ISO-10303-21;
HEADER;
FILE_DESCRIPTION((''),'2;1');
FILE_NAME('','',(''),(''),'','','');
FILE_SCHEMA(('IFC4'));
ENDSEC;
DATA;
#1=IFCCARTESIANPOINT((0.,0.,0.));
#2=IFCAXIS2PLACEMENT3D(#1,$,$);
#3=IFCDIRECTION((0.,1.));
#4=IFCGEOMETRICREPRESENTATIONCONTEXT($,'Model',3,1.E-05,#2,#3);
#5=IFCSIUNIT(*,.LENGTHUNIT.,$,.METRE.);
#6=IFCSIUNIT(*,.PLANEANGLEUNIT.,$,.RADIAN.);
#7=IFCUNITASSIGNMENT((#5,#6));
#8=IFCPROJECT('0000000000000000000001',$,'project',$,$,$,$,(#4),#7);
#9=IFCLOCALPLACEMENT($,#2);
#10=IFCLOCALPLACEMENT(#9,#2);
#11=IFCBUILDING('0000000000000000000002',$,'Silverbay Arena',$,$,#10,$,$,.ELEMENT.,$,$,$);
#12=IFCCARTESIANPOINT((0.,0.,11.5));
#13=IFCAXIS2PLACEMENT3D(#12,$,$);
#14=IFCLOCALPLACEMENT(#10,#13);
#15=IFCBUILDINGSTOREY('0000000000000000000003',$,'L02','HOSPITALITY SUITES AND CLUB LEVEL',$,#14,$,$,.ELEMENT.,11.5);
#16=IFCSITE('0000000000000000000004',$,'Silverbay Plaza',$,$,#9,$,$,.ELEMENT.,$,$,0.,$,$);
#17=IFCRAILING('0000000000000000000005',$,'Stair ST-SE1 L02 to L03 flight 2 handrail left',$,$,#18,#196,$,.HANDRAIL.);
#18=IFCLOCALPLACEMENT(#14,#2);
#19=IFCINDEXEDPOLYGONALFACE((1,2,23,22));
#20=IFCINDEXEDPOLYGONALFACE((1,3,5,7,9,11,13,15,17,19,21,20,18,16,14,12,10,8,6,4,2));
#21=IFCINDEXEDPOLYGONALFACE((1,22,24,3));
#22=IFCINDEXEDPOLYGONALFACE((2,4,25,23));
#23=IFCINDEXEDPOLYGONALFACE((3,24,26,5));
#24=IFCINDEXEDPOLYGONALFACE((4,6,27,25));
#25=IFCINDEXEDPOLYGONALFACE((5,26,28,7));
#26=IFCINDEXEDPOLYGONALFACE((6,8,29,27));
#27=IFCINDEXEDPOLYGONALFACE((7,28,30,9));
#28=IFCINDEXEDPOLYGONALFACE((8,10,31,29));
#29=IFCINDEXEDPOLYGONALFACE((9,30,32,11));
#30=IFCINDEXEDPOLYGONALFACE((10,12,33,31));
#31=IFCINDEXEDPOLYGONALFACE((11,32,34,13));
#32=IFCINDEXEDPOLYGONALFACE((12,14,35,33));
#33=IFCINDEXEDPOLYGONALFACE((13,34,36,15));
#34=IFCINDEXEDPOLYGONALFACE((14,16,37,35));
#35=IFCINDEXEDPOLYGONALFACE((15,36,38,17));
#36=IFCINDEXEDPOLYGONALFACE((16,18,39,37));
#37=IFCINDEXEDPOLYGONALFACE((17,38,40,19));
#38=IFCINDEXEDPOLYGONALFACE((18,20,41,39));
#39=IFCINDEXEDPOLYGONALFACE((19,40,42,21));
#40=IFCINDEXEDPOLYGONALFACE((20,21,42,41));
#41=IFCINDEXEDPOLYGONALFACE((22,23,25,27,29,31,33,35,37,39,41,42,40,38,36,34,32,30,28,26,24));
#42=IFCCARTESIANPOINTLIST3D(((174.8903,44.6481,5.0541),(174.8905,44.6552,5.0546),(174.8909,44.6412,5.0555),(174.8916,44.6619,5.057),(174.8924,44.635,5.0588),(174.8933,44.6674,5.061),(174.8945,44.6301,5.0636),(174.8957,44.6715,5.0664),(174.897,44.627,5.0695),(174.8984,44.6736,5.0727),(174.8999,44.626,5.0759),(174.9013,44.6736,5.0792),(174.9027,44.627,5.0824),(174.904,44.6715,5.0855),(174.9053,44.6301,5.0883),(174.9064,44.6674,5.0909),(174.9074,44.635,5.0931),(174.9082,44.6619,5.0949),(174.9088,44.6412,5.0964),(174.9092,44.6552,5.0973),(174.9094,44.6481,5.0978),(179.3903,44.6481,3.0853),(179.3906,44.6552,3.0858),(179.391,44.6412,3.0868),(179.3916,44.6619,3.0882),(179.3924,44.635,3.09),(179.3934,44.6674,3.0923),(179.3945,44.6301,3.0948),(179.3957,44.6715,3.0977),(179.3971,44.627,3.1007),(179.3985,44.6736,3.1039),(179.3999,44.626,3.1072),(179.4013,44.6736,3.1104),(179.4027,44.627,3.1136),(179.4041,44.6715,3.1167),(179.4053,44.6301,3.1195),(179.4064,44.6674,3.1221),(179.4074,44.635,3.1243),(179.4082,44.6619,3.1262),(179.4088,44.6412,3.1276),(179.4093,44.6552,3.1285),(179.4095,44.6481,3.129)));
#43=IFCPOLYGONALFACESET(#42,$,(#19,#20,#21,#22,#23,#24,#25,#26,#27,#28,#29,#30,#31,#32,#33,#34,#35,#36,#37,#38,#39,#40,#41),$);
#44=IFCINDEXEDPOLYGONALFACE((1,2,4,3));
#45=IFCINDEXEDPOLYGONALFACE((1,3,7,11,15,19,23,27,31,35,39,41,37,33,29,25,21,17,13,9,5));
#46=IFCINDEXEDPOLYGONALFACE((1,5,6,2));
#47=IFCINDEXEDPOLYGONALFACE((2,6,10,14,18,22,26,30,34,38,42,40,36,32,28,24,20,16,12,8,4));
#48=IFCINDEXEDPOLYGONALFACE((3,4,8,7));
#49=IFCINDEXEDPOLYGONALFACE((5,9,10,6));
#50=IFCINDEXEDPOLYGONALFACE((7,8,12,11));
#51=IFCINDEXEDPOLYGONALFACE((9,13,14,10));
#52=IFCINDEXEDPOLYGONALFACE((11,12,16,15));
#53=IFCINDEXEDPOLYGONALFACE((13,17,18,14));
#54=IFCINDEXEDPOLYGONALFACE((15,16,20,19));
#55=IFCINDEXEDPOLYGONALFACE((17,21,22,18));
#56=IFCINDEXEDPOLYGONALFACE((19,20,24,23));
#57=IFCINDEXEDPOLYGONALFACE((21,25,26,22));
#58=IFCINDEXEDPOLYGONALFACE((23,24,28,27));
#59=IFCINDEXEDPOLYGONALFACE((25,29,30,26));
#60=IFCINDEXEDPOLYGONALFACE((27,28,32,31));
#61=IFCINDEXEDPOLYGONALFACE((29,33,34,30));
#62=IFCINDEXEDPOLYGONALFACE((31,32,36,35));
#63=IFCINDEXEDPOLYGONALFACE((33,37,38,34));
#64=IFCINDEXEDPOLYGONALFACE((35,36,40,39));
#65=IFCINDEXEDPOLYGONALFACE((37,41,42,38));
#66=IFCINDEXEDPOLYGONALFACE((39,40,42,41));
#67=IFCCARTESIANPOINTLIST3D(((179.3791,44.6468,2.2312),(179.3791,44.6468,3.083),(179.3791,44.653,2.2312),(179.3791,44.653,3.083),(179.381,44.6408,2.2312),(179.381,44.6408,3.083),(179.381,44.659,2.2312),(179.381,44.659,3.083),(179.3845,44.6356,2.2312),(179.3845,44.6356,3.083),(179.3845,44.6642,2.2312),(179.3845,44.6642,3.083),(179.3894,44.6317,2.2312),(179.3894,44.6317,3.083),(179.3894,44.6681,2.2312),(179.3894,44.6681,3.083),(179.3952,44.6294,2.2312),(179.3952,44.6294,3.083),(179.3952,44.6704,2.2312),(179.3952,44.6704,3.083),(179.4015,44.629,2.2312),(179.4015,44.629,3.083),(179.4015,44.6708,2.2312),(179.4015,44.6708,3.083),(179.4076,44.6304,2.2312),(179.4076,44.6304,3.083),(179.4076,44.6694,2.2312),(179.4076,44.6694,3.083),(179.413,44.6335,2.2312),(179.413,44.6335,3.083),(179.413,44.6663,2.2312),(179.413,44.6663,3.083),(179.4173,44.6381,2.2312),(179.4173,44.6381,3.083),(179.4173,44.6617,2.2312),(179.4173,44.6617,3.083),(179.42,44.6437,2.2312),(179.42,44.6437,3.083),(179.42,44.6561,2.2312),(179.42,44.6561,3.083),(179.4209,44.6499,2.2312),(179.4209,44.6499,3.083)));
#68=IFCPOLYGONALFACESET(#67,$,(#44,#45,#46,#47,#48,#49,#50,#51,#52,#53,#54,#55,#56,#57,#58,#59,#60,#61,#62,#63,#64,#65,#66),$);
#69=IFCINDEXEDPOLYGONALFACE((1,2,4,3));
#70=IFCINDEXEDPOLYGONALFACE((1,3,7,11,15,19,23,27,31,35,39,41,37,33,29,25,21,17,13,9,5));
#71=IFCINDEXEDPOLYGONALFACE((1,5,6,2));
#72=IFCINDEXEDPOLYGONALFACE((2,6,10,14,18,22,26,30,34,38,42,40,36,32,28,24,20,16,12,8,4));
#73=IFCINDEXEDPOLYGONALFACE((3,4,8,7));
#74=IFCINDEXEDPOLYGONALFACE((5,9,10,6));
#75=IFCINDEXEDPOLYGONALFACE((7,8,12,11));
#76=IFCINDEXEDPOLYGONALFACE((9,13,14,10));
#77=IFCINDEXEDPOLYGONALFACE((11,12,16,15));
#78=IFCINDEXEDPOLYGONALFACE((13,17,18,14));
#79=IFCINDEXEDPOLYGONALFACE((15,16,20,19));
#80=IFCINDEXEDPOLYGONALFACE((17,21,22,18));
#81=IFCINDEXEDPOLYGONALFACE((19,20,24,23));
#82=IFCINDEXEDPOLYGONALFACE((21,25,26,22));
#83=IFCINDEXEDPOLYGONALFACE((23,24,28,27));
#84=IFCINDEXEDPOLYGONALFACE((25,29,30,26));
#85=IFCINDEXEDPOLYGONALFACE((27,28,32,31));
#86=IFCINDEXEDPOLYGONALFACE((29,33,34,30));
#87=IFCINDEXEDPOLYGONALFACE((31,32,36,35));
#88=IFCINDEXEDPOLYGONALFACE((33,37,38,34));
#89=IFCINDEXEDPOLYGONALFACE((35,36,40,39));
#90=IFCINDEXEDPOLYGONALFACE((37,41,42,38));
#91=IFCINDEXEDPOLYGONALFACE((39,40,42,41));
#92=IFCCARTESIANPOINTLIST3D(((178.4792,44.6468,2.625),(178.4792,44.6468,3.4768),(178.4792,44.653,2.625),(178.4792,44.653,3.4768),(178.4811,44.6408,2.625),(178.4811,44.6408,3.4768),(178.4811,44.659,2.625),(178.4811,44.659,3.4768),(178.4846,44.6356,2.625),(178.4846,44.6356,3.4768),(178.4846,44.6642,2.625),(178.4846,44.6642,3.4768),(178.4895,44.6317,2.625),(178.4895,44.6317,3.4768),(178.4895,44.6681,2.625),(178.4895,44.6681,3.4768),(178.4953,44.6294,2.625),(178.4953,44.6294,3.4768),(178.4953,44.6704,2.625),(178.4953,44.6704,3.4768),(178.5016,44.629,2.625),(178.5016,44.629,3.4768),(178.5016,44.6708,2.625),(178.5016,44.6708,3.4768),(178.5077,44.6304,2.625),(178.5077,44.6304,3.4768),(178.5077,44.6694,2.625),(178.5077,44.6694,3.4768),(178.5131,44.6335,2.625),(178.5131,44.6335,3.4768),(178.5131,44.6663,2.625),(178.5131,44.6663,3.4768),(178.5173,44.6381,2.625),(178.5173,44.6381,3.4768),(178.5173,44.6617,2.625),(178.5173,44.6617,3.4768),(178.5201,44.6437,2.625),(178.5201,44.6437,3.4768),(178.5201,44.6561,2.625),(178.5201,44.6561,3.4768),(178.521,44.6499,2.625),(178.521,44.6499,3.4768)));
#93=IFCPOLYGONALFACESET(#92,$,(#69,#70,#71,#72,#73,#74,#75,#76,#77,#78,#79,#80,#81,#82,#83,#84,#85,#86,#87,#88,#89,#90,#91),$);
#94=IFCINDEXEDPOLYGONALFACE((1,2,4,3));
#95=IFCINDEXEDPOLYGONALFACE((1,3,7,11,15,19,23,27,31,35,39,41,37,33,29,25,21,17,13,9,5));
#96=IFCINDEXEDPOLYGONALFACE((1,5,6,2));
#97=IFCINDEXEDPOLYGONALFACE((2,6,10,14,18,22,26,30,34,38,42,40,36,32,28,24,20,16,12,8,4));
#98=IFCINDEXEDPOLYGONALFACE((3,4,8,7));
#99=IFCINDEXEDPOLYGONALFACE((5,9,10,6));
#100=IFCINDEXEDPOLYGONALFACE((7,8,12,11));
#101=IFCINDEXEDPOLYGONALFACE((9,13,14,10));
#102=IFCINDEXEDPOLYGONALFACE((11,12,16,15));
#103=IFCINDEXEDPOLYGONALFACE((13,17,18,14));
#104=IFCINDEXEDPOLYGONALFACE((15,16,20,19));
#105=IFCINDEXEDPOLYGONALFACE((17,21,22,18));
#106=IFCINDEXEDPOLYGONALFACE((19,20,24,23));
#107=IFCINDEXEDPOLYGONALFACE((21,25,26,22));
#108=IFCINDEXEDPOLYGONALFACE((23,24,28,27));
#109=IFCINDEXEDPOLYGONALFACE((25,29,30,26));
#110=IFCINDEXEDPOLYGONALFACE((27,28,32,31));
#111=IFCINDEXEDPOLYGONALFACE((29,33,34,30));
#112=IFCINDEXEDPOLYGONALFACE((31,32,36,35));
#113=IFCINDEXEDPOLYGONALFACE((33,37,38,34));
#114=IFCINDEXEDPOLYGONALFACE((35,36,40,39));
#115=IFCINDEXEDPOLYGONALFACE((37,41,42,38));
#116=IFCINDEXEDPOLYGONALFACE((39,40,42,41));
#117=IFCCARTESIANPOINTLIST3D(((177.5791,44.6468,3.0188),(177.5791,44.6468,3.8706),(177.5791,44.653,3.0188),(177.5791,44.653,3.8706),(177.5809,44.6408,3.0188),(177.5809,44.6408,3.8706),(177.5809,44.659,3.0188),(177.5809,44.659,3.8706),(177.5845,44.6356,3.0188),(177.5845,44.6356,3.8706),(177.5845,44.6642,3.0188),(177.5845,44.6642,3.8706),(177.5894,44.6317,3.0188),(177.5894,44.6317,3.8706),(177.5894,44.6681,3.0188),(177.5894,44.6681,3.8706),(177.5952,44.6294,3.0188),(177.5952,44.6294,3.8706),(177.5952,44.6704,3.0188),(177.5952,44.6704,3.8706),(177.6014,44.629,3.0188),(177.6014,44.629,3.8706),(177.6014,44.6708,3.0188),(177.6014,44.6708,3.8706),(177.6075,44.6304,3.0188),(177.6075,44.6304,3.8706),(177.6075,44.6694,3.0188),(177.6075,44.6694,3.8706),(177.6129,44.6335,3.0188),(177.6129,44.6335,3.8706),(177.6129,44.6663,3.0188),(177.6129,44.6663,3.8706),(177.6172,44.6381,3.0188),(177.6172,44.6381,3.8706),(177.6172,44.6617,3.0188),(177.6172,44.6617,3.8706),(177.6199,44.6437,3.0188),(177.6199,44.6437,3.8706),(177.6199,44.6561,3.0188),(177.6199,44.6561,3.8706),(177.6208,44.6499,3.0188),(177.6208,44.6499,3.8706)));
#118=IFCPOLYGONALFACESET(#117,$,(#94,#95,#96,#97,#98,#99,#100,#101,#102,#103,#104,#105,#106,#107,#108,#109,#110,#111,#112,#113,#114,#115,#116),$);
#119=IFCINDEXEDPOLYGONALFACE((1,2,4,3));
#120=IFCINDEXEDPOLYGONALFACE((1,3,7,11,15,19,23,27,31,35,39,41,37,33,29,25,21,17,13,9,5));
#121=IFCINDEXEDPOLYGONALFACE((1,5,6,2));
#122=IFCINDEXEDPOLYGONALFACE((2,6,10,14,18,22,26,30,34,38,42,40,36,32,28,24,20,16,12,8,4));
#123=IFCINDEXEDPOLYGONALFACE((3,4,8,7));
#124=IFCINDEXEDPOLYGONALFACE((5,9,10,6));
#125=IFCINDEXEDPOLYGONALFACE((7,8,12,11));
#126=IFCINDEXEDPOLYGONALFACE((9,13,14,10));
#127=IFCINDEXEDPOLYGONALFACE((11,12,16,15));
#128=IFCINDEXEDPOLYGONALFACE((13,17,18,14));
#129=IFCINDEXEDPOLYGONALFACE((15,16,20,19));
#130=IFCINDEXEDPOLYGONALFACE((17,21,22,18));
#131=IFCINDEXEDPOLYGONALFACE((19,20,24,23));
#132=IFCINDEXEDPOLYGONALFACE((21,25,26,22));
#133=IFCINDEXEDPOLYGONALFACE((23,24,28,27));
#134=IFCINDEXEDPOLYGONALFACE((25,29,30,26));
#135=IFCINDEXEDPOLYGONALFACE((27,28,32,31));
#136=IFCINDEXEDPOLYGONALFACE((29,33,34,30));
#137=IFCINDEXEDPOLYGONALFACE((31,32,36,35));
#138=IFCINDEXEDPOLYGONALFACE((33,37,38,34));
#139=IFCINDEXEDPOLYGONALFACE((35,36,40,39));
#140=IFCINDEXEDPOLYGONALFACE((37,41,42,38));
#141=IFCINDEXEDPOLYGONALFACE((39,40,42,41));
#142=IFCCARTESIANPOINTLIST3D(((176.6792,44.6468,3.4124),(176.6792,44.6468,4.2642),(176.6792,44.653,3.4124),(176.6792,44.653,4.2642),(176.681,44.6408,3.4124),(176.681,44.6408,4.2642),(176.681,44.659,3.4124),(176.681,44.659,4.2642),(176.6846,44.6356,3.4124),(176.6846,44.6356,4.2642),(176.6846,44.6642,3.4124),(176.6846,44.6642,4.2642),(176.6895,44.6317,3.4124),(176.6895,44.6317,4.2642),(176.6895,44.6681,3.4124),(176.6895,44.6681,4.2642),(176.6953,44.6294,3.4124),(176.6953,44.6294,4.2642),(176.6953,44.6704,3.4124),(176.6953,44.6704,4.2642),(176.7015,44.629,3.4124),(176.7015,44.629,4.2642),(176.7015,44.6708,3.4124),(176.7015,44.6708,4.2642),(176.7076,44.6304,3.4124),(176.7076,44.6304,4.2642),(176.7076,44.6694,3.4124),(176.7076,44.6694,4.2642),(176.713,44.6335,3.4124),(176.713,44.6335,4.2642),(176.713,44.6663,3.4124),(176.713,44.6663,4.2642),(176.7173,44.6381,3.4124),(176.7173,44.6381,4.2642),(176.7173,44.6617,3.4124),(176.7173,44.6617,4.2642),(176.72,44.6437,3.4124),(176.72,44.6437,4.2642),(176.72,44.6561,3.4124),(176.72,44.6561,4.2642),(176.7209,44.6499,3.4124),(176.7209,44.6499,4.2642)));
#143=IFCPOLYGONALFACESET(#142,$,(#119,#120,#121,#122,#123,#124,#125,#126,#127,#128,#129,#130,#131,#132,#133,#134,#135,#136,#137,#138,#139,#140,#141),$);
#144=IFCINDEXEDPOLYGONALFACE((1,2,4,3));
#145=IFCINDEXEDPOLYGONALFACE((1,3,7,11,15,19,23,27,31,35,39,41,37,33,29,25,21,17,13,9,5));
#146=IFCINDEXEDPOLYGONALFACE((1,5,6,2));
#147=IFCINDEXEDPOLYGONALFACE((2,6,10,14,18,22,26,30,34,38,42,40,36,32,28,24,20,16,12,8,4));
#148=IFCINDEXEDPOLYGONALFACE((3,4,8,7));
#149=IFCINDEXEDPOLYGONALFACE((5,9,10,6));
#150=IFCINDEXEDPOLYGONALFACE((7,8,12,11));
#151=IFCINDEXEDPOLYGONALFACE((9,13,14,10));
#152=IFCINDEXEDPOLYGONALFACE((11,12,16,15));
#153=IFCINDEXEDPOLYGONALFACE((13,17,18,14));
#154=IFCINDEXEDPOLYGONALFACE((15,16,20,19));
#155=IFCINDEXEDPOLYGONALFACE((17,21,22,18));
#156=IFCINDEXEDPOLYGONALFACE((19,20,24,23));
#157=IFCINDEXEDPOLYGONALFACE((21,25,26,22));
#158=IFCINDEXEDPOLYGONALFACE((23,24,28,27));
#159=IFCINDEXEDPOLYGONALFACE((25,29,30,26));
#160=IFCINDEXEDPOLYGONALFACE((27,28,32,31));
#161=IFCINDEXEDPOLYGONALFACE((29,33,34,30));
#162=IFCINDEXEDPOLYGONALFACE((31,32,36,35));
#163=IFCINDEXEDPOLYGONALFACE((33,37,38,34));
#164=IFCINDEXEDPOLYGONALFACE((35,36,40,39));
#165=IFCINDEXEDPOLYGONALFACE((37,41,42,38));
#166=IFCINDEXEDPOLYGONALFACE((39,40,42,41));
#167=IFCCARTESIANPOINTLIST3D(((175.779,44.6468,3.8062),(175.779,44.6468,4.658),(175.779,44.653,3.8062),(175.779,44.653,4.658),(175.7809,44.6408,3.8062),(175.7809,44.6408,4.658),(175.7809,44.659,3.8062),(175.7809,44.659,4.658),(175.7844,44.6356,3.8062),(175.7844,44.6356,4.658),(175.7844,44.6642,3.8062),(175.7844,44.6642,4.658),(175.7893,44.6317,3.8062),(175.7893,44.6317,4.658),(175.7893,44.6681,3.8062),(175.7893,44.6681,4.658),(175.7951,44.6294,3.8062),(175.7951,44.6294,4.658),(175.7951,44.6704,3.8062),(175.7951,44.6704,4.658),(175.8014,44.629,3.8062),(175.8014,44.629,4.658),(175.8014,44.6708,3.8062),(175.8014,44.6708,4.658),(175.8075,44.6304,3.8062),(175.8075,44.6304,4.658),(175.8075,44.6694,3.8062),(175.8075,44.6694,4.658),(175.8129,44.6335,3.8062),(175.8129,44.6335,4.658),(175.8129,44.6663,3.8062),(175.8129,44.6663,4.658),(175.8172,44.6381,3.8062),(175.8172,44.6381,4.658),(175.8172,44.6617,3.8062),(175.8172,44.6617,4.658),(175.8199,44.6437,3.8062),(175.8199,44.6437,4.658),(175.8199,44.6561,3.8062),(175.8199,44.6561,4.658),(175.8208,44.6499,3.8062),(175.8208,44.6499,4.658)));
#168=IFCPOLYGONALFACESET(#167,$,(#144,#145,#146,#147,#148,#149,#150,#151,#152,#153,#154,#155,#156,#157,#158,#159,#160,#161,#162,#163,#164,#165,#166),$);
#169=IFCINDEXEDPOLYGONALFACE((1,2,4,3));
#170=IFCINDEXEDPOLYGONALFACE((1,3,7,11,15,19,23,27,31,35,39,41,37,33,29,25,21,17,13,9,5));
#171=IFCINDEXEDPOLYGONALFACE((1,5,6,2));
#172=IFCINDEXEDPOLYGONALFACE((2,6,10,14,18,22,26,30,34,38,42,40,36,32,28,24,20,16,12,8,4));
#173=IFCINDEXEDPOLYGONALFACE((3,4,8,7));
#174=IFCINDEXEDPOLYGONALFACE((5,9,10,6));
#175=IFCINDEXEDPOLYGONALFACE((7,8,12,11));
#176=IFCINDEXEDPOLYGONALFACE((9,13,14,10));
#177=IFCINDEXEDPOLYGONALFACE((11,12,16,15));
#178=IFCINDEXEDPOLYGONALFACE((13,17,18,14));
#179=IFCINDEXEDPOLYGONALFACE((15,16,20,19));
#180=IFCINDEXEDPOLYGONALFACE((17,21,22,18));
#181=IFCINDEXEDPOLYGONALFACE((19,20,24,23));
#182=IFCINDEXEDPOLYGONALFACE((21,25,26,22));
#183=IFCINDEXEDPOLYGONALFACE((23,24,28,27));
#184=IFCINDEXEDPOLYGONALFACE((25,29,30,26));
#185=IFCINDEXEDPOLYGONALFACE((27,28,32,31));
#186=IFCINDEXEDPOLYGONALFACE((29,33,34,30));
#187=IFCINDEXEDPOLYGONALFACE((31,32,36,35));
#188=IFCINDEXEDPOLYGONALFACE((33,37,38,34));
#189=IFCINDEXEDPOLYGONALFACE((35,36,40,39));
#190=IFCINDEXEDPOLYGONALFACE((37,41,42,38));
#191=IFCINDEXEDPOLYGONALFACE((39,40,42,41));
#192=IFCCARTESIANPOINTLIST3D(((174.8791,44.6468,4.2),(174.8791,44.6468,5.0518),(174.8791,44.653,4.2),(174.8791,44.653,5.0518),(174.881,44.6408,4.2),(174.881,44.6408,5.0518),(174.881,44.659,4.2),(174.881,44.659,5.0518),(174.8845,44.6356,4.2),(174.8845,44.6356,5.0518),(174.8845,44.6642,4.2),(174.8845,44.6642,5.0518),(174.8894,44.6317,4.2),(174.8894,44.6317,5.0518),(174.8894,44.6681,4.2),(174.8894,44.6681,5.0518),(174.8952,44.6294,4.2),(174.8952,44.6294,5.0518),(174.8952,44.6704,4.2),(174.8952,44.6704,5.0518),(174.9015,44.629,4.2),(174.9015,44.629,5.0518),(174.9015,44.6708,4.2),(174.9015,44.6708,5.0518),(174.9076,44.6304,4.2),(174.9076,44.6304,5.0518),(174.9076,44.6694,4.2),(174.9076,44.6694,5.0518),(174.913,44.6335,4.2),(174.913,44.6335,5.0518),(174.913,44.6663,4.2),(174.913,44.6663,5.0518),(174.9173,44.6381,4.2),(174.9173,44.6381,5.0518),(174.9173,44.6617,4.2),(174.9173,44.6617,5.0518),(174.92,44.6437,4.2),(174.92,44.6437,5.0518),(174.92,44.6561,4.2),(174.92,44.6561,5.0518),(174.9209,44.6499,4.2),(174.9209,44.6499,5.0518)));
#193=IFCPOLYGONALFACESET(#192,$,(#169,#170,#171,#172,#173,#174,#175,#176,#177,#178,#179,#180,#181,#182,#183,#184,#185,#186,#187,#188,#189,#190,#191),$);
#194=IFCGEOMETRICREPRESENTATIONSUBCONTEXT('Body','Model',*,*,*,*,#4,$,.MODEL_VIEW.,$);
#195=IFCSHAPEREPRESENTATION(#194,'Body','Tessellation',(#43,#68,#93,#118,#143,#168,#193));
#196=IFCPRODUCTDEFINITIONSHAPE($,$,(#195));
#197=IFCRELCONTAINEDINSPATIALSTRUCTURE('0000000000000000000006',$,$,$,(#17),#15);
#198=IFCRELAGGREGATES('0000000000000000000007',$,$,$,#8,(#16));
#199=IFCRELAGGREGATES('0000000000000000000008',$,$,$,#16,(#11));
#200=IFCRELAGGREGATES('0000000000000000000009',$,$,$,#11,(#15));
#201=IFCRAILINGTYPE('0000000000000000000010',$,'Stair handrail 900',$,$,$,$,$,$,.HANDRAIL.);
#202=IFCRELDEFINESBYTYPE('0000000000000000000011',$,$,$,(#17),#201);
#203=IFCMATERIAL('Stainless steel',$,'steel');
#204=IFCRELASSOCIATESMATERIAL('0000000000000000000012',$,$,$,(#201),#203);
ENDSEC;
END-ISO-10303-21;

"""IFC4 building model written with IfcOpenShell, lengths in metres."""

from ifc_helpers import new_model, si_unit, direction, frame, origin, origin_2d, place, context, subcontext, project, spatial, circle, extrude, material, type_object, element, save


model = new_model("IFC4")

# Units and contexts
model_context = context("Model", 3, precision=1e-05, world=origin(), true_north=direction((0.0, 1.0)))
body_context = subcontext(model_context, "Body", "Model", "MODEL_VIEW")
ifc_project = project(units=[si_unit("LENGTHUNIT", "METRE"), si_unit("PLANEANGLEUNIT", "RADIAN")], contexts=[model_context])

# Site, building, storey
site_placement = place(None, origin())
site = spatial("IfcSite", under=ifc_project, at=site_placement, Name="Silverbay Plaza", CompositionType="ELEMENT", RefElevation=0.0)
building_placement = place(site_placement, origin())
building = spatial("IfcBuilding", under=site, at=building_placement, Name="Silverbay Arena", CompositionType="ELEMENT")
storey_placement = place(building_placement, frame((0.0, 0.0, 11.5)))
storey = spatial("IfcBuildingStorey", under=building, at=storey_placement, Name="L02", Description="HOSPITALITY SUITES AND CLUB LEVEL", CompositionType="ELEMENT", Elevation=11.5)

# Railing
ifc_material_1 = material(Name="Stainless steel", Category="steel")
railing_type_1 = type_object("IfcRailingType", Name="Stair handrail 900", PredefinedType="HANDRAIL", material=ifc_material_1)
for number, where, name in (
    (1, (179.3999, 44.6499, 2.2312), "Stair ST-SE1 L02 to L03 flight 2 handrail left"),
):
    element("IfcRailing", number, at=place(storey_placement, frame(where)), inside=storey, type_object=railing_type_1, Name=name, PredefinedType="HANDRAIL", context=body_context, shape_type="SweptSolid", body=[
        extrude(circle(Radius=0.0239, at=origin_2d()), frame((0.0, 0.0, 0.876), z_axis=(-0.916157, 0.0, 0.400819), x_axis=(0.0, -1.0, 0.0)), (0.0, 0.0, 1.0), 4.9119),
        extrude(circle(Radius=0.021, at=origin_2d()), origin(), (0.0, 0.0, 1.0), 0.8518),
        extrude(circle(Radius=0.021, at=origin_2d()), frame((-0.8999, 0.0, 0.3938)), (0.0, 0.0, 1.0), 0.8518),
        extrude(circle(Radius=0.021, at=origin_2d()), frame((-1.8, 0.0, 0.7876)), (0.0, 0.0, 1.0), 0.8518),
        extrude(circle(Radius=0.021, at=origin_2d()), frame((-2.7, 0.0, 1.1812)), (0.0, 0.0, 1.0), 0.8518),
        extrude(circle(Radius=0.021, at=origin_2d()), frame((-3.6001, 0.0, 1.575)), (0.0, 0.0, 1.0), 0.8518),
        extrude(circle(Radius=0.021, at=origin_2d()), frame((-4.5, 0.0, 1.9688)), (0.0, 0.0, 1.0), 0.8518),
    ])

save(model, "model.ifc")
